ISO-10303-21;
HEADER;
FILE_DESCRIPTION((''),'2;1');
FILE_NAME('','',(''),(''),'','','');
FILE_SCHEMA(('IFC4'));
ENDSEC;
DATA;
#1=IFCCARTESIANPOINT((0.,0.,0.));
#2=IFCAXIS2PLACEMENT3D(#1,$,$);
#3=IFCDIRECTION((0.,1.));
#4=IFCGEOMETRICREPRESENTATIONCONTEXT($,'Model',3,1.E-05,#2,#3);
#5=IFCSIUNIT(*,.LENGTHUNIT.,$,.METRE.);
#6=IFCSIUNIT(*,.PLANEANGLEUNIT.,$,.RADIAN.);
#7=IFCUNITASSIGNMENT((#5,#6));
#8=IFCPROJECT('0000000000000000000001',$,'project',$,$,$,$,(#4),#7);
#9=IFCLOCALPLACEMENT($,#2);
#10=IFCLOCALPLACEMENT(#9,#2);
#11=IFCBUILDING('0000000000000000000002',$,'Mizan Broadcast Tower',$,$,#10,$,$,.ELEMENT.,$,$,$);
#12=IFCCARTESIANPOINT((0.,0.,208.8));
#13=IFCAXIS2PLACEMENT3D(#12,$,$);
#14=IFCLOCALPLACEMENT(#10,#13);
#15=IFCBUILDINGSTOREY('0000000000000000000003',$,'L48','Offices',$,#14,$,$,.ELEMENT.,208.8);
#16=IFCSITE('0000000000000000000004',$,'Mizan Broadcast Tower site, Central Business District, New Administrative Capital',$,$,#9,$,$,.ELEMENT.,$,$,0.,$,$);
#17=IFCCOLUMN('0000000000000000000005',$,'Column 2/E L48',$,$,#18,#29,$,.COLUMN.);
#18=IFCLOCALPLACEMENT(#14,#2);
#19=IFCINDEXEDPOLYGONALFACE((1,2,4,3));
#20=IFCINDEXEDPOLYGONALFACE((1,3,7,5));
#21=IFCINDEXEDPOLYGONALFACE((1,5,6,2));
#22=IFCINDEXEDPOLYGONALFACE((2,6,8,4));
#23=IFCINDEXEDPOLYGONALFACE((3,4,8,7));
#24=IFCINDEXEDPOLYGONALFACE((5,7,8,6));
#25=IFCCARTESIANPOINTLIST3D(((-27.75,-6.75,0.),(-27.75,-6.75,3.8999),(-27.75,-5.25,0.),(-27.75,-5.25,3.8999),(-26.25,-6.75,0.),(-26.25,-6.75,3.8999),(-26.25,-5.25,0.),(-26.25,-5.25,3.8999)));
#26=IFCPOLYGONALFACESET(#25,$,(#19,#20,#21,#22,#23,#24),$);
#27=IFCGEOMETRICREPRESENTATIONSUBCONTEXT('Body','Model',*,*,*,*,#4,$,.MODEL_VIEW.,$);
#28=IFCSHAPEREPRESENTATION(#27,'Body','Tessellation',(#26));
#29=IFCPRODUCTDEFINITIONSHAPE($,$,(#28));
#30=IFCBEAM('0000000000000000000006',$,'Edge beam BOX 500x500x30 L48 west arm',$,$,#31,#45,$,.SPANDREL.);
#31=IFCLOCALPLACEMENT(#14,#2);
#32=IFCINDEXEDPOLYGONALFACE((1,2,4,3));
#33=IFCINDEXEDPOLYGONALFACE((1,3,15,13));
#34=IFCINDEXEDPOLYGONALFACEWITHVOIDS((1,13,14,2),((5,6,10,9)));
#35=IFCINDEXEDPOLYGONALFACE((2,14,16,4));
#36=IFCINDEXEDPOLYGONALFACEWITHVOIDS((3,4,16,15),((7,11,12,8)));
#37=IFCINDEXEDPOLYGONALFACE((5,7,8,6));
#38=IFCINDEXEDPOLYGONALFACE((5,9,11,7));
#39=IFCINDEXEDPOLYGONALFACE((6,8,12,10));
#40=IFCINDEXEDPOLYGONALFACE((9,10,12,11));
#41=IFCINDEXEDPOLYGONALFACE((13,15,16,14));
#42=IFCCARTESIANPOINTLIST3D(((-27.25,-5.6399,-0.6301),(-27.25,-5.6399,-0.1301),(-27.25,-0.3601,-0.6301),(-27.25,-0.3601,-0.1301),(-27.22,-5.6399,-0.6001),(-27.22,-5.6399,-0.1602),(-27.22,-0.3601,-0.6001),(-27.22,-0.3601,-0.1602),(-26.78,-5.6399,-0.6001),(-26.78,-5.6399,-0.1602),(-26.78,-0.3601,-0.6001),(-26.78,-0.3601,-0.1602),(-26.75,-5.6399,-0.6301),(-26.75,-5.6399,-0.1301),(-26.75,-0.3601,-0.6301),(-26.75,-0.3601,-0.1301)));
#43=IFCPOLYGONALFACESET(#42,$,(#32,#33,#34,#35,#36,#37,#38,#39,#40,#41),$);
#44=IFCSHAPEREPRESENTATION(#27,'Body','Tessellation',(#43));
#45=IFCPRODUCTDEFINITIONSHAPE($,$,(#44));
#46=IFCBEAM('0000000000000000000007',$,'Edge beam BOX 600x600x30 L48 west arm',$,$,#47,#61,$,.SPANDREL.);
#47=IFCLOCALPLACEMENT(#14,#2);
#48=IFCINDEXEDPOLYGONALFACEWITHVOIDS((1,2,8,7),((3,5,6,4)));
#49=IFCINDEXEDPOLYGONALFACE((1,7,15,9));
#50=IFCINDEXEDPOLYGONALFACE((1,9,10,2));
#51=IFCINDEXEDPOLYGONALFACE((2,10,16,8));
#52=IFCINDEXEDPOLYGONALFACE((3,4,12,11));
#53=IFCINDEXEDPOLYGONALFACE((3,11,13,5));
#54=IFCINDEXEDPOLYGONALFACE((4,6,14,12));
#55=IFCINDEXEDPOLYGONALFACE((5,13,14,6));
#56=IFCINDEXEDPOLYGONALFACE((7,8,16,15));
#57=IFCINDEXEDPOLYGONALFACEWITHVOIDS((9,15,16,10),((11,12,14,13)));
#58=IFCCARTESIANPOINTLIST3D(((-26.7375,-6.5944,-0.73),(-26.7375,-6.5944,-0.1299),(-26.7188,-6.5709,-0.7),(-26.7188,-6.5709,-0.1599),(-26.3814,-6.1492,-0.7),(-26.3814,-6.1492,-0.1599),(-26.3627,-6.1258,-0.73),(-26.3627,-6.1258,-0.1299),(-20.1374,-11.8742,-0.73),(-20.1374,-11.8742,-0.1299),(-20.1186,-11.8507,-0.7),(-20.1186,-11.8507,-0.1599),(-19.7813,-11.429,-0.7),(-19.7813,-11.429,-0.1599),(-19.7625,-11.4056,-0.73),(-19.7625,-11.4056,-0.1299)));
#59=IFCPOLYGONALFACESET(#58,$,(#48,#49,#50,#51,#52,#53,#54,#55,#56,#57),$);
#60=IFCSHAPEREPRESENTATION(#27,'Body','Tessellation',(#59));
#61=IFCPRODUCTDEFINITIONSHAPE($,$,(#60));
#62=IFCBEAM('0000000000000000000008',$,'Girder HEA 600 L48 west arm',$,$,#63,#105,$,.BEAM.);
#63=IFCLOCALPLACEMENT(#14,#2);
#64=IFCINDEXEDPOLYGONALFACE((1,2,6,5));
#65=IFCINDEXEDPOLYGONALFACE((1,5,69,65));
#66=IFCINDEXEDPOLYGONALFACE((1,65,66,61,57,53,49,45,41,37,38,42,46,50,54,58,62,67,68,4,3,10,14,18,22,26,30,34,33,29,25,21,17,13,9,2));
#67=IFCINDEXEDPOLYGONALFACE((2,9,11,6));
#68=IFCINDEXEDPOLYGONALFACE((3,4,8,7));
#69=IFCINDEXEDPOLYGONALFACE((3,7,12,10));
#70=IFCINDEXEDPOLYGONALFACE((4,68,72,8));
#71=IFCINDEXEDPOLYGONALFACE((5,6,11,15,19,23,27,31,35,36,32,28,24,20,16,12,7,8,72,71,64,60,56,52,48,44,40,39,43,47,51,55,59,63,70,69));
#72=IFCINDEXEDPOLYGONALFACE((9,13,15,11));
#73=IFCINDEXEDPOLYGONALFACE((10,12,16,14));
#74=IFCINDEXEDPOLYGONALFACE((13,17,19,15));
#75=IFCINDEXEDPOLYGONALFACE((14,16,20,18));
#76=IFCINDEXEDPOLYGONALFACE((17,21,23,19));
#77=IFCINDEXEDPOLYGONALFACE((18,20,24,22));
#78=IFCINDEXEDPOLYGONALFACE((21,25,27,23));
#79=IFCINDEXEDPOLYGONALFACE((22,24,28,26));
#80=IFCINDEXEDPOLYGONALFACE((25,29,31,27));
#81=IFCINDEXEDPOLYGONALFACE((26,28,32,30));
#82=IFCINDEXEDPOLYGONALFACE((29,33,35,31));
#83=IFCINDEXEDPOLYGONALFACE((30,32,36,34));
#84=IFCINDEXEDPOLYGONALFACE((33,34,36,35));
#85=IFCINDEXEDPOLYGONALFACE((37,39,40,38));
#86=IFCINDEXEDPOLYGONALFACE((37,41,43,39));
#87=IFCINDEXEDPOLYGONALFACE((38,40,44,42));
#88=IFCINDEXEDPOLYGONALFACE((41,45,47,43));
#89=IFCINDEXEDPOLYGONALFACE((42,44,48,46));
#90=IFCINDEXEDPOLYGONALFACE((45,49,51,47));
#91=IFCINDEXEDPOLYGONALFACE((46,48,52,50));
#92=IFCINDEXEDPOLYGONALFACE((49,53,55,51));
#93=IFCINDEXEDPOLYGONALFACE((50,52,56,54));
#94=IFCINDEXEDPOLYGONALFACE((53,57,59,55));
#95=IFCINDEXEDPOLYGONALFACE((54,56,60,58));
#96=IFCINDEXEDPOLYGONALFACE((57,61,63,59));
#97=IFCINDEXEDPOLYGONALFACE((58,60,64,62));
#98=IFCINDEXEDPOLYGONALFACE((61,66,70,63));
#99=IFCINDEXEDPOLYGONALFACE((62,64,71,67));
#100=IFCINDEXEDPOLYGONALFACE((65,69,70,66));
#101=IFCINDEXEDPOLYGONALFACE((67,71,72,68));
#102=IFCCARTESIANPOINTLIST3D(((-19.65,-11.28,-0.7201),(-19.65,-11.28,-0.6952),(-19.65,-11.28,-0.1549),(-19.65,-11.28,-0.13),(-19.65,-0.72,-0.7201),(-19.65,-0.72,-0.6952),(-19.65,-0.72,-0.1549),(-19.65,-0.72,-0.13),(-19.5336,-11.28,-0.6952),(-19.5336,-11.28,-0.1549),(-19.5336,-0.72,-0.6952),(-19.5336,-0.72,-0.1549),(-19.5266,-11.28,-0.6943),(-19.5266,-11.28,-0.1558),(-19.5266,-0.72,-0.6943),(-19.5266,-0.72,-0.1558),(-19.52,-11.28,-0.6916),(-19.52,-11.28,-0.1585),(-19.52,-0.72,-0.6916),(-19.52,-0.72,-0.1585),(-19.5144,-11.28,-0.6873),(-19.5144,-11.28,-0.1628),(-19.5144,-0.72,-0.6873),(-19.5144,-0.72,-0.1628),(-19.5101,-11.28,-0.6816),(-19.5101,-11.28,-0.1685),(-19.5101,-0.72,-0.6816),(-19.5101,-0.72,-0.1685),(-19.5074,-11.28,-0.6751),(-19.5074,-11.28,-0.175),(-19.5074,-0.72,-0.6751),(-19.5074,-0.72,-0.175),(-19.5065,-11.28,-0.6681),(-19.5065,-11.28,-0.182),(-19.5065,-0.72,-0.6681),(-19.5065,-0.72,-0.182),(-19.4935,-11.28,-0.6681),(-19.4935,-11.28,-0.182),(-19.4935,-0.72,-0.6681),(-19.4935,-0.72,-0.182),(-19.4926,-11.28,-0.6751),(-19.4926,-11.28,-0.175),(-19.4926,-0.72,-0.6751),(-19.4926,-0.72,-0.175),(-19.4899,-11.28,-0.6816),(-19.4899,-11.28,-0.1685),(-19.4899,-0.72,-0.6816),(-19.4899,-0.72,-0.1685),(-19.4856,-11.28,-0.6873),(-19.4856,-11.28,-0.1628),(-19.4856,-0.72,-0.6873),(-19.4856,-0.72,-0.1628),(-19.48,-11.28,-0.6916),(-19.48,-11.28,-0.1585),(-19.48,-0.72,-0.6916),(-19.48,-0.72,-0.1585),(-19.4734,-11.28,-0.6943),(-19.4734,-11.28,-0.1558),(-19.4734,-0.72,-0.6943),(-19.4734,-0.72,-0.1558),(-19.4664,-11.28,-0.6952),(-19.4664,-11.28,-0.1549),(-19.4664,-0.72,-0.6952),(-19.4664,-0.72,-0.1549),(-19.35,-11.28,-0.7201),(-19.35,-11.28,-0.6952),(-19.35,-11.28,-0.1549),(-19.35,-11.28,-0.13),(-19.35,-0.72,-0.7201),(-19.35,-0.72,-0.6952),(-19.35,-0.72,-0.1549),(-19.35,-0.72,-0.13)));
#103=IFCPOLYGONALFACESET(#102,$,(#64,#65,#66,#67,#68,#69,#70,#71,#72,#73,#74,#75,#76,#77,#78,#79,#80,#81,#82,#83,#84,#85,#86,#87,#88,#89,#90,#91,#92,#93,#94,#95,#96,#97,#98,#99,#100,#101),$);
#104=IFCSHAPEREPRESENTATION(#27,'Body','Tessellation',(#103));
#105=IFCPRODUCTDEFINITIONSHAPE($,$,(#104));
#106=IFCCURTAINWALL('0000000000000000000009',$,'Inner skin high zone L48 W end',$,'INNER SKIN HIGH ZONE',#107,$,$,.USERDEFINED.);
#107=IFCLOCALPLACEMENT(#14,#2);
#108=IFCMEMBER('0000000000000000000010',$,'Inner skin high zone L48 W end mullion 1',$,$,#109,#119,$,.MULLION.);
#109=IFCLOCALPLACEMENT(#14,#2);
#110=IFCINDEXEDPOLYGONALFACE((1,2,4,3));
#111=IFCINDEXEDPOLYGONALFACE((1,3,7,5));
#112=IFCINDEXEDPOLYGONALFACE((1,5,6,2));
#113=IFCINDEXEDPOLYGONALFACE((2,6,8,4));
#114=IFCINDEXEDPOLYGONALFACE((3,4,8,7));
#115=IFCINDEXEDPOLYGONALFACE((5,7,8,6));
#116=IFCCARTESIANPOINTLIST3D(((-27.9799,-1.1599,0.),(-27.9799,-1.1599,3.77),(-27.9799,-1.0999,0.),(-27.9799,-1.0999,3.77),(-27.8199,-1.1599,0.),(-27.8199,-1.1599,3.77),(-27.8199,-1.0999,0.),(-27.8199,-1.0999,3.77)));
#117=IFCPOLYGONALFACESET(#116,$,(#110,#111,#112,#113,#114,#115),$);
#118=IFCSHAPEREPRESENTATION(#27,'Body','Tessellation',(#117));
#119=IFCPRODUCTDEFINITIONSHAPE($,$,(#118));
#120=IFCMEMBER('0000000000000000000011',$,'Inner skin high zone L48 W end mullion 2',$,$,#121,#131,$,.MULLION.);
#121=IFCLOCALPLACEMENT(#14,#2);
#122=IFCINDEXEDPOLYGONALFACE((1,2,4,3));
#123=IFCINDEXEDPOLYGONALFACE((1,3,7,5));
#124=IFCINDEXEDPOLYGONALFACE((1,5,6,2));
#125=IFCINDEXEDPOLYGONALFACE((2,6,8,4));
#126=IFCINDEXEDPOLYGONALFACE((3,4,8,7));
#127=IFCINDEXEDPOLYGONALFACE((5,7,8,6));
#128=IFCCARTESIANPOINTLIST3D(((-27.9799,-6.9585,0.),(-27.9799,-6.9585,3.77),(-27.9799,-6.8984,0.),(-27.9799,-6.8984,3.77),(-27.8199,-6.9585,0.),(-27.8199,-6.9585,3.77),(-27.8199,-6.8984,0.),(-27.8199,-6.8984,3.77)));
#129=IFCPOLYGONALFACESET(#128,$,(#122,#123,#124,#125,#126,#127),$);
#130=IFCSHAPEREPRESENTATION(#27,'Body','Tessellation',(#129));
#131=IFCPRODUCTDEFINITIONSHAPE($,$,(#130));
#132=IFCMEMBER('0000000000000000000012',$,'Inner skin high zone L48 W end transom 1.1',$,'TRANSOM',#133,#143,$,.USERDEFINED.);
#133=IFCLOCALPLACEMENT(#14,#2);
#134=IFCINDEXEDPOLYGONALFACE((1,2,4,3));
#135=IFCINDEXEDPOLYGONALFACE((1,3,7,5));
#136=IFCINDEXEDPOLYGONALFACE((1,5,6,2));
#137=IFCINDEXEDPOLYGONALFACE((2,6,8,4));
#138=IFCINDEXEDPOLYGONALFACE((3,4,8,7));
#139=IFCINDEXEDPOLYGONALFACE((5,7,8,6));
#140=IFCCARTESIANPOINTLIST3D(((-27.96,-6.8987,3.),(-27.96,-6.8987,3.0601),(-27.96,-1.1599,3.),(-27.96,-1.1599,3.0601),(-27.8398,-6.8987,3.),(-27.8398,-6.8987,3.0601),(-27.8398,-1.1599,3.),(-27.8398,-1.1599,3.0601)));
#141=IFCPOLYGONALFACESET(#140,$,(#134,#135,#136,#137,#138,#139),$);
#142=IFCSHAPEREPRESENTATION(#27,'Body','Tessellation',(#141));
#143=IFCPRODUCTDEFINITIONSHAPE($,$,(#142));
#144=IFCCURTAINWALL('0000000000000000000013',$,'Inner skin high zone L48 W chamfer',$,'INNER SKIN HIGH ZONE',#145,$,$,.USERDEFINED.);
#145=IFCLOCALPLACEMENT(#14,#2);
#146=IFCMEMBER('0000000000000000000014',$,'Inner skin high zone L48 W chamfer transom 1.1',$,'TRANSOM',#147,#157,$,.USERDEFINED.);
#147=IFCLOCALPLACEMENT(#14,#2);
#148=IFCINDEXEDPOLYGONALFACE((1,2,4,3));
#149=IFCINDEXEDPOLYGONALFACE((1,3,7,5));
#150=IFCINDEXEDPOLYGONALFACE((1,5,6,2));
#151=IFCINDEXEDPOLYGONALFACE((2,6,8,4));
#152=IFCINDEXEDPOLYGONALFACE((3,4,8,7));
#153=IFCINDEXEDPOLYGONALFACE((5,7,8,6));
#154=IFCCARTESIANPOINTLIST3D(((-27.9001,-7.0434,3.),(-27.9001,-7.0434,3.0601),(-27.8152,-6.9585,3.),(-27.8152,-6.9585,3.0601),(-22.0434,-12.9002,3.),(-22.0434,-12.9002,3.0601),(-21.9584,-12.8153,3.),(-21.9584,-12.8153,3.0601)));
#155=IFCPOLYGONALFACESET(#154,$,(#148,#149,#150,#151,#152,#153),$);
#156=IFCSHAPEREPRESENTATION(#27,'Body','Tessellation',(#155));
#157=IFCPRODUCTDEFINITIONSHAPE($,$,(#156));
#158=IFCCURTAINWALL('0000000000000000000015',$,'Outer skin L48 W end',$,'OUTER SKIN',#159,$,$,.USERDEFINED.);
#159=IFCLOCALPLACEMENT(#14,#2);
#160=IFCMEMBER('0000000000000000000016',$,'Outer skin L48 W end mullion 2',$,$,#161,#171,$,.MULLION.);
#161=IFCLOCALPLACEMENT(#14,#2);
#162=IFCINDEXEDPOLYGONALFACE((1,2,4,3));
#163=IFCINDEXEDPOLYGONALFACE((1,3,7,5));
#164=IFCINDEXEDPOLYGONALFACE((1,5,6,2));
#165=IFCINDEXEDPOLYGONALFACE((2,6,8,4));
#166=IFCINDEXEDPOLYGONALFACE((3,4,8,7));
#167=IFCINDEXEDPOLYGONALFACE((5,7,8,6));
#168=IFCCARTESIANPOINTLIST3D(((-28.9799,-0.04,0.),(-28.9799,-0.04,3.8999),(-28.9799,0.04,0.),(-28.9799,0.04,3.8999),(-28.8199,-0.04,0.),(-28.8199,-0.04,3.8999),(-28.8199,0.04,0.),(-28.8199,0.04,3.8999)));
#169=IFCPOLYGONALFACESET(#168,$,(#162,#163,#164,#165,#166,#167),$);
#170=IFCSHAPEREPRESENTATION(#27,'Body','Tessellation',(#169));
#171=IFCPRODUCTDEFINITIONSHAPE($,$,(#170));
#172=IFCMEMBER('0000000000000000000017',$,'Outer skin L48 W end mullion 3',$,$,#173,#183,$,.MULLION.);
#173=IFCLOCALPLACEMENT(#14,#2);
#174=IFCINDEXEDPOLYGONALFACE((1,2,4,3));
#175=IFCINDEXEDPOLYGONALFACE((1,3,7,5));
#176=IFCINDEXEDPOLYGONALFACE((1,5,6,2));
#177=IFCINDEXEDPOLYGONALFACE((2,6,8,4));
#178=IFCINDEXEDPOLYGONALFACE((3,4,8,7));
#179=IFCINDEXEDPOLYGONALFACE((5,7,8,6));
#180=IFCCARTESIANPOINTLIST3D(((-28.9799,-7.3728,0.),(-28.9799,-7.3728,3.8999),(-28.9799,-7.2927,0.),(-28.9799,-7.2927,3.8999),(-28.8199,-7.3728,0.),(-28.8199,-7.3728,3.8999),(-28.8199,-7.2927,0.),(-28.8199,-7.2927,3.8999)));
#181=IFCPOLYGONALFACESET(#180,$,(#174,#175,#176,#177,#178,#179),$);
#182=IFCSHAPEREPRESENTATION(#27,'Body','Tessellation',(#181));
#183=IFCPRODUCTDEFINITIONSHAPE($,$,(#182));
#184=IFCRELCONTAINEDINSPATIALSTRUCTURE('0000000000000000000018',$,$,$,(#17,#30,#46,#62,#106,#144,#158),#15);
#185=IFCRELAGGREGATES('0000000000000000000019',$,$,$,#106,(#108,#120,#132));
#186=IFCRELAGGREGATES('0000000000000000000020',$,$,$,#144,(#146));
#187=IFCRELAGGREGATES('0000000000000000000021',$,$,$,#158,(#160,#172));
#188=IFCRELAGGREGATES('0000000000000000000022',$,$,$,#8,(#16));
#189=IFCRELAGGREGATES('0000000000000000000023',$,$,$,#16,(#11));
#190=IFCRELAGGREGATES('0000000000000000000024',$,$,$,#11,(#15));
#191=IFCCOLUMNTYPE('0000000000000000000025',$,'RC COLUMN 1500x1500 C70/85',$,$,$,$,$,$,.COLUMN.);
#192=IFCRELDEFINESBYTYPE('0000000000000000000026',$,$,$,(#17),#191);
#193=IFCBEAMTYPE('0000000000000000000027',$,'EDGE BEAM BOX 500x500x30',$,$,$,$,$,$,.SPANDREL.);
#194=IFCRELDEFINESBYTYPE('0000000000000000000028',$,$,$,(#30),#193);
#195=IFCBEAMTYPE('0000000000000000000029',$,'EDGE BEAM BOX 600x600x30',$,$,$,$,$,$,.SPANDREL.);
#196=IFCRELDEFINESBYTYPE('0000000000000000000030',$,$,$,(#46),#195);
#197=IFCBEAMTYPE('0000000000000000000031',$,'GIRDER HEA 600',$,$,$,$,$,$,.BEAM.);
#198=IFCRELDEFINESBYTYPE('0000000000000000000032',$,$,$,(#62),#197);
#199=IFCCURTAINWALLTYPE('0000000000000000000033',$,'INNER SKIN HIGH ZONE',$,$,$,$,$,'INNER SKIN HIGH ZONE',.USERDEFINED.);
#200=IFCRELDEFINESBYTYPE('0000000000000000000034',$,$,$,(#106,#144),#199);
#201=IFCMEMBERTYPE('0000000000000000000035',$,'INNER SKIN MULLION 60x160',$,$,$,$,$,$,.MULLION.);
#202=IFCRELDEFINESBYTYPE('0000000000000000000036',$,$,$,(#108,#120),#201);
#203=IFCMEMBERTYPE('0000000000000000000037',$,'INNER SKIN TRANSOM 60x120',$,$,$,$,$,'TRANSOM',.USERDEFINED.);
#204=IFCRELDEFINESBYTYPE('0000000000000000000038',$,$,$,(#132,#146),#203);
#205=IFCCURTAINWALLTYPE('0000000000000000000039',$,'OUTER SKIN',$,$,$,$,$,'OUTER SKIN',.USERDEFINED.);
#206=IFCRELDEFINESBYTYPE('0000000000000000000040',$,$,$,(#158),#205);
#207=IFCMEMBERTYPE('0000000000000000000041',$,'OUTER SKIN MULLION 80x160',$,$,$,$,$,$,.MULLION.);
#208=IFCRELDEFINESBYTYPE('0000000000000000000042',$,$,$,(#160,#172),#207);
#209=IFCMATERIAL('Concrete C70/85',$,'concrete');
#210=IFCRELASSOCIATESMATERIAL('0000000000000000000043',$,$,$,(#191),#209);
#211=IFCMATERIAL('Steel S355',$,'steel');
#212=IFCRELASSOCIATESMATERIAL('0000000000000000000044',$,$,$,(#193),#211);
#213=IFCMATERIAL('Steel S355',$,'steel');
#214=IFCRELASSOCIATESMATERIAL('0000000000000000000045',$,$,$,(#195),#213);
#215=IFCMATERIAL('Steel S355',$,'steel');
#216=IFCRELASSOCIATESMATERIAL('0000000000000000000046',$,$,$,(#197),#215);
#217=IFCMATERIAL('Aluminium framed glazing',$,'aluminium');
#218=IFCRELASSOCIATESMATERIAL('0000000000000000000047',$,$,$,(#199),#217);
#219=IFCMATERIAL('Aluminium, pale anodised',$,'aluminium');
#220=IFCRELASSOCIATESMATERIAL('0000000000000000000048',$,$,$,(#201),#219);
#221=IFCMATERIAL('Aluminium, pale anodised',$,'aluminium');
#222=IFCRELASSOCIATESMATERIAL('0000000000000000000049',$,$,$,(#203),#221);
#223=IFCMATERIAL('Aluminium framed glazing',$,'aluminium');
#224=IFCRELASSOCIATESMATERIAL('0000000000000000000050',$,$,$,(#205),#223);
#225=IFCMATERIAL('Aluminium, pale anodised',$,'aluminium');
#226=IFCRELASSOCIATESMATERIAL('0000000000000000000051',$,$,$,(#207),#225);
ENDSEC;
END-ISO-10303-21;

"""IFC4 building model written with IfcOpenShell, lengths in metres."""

from ifc_helpers import new_model, si_unit, direction, frame, origin, origin_2d, place, context, subcontext, project, spatial, rectangle, hollow_rectangle, i_section, extrude, material, material_profile, profile_set, type_object, element, aggregate, save


model = new_model("IFC4")

# Units and contexts
model_context = context("Model", 3, precision=1e-05, world=origin(), true_north=direction((0.0, 1.0)))
body_context = subcontext(model_context, "Body", "Model", "MODEL_VIEW")
ifc_project = project(units=[si_unit("LENGTHUNIT", "METRE"), si_unit("PLANEANGLEUNIT", "RADIAN")], contexts=[model_context])

# Site, building, storey
site_placement = place(None, origin())
site = spatial("IfcSite", under=ifc_project, at=site_placement, Name="Mizan Broadcast Tower site, Central Business District, New Administrative Capital", CompositionType="ELEMENT", RefElevation=0.0)
building_placement = place(site_placement, origin())
building = spatial("IfcBuilding", under=site, at=building_placement, Name="Mizan Broadcast Tower", CompositionType="ELEMENT")
storey_placement = place(building_placement, frame((0.0, 0.0, 208.8)))
storey = spatial("IfcBuildingStorey", under=building, at=storey_placement, Name="L48", Description="Offices", CompositionType="ELEMENT", Elevation=208.8)

# Column
ifc_material_1 = material(Name="Concrete C70/85", Category="concrete")
ifc_material_profile_1 = material_profile(ifc_material_1, rectangle(XDim=1.5, YDim=1.5, at=origin_2d()), Name="RC 1500x1500")
ifc_profile_set_1 = profile_set([ifc_material_profile_1], Name="Concrete C70/85")
column_type = type_object("IfcColumnType", Name="RC COLUMN 1500x1500 C70/85", PredefinedType="COLUMN", material=ifc_profile_set_1)
column_placement = place(storey_placement, frame((-27.0, -6.0, 0.0), z_axis=(0.0, 0.0, 1.0), x_axis=(1.0, 0.0, 0.0)))
element("IfcColumn", 1, at=column_placement, inside=storey, type_object=column_type, Name="Column 2/E L48", PredefinedType="COLUMN", context=body_context, shape_type="SweptSolid", body=[
    extrude(rectangle(XDim=1.5, YDim=1.5, at=origin_2d()), origin(), (0.0, 0.0, 1.0), 3.8999),
])

# Beams
ifc_material_2 = material(Name="Steel S355", Category="steel")
ifc_material_profile_2 = material_profile(ifc_material_2, hollow_rectangle(XDim=0.5, YDim=0.5, WallThickness=0.03, at=origin_2d()), Name="BOX 500x500x30")
ifc_profile_set_2 = profile_set([ifc_material_profile_2], Name="Steel S355")
beam_type_1 = type_object("IfcBeamType", Name="EDGE BEAM BOX 500x500x30", PredefinedType="SPANDREL", material=ifc_profile_set_2)
beam_1_placement = place(storey_placement, frame((-27.0, -5.6399, -0.3801), z_axis=(0.0, 1.0, 0.0), x_axis=(-1.0, 0.0, 0.0)))
element("IfcBeam", 2, at=beam_1_placement, inside=storey, type_object=beam_type_1, Name="Edge beam BOX 500x500x30 L48 west arm", PredefinedType="SPANDREL", context=body_context, shape_type="SweptSolid", body=[
    extrude(hollow_rectangle(XDim=0.5, YDim=0.5, WallThickness=0.03, at=origin_2d()), origin(), (0.0, 0.0, 1.0), 5.2798),
])
ifc_material_3 = material(Name="Steel S355", Category="steel")
ifc_material_profile_3 = material_profile(ifc_material_3, hollow_rectangle(XDim=0.6001, YDim=0.6001, WallThickness=0.03, at=origin_2d()), Name="BOX 600x600x30")
ifc_profile_set_3 = profile_set([ifc_material_profile_3], Name="Steel S355")
beam_type_2 = type_object("IfcBeamType", Name="EDGE BEAM BOX 600x600x30", PredefinedType="SPANDREL", material=ifc_profile_set_3)
beam_2_placement = place(storey_placement, frame((-19.95, -11.6399, -0.4299), z_axis=(-0.780886, 0.624674, 0.0), x_axis=(-0.624674, -0.780886, 0.0)))
element("IfcBeam", 3, at=beam_2_placement, inside=storey, type_object=beam_type_2, Name="Edge beam BOX 600x600x30 L48 west arm", PredefinedType="SPANDREL", context=body_context, shape_type="SweptSolid", body=[
    extrude(hollow_rectangle(XDim=0.6001, YDim=0.6001, WallThickness=0.03, at=origin_2d()), origin(), (0.0, 0.0, 1.0), 8.4521),
])
ifc_material_4 = material(Name="Steel S355", Category="steel")
ifc_material_profile_4 = material_profile(ifc_material_4, i_section(OverallWidth=0.3, OverallDepth=0.5901, WebThickness=0.0129, FlangeThickness=0.0249, FilletRadius=0.0271, at=origin_2d()), Name="HEA 600")
ifc_profile_set_4 = profile_set([ifc_material_profile_4], Name="Steel S355")
beam_type_3 = type_object("IfcBeamType", Name="GIRDER HEA 600", PredefinedType="BEAM", material=ifc_profile_set_4)
beam_3_placement = place(storey_placement, frame((-19.5, -11.28, -0.425), z_axis=(0.0, 1.0, 0.0), x_axis=(-1.0, 0.0, 0.0)))
element("IfcBeam", 4, at=beam_3_placement, inside=storey, type_object=beam_type_3, Name="Girder HEA 600 L48 west arm", PredefinedType="BEAM", context=body_context, shape_type="SweptSolid", body=[
    extrude(i_section(OverallWidth=0.3, OverallDepth=0.5901, WebThickness=0.0129, FlangeThickness=0.0249, FilletRadius=0.0271, at=origin_2d()), origin(), (0.0, 0.0, 1.0), 10.5601),
])

# Curtain wall, members
ifc_material_5 = material(Name="Aluminium framed glazing", Category="aluminium")
curtain_wall_type_1 = type_object("IfcCurtainWallType", Name="INNER SKIN HIGH ZONE", ElementType="INNER SKIN HIGH ZONE", PredefinedType="USERDEFINED", material=ifc_material_5)
curtain_wall_1_placement = place(storey_placement, origin())
curtain_wall_1 = element("IfcCurtainWall", 5, at=curtain_wall_1_placement, inside=storey, type_object=curtain_wall_type_1, Name="Inner skin high zone L48 W end", ObjectType="INNER SKIN HIGH ZONE", PredefinedType="USERDEFINED")
ifc_material_6 = material(Name="Aluminium, pale anodised", Category="aluminium")
ifc_material_profile_5 = material_profile(ifc_material_6, rectangle(XDim=0.1599, YDim=0.0601, at=origin_2d()), Name="MULLION 160x60")
ifc_profile_set_5 = profile_set([ifc_material_profile_5], Name="Aluminium, pale anodised")
member_type_1 = type_object("IfcMemberType", Name="INNER SKIN MULLION 60x160", PredefinedType="MULLION", material=ifc_profile_set_5)
member_1_placement = place(storey_placement, frame((-27.8999, -1.1299, 0.0), z_axis=(0.0, 0.0, 1.0), x_axis=(1.0, 0.0, 0.0)))
member_1 = element("IfcMember", 6, at=member_1_placement, type_object=member_type_1, Name="Inner skin high zone L48 W end mullion 1", PredefinedType="MULLION", context=body_context, shape_type="SweptSolid", body=[
    extrude(rectangle(XDim=0.1599, YDim=0.0601, at=origin_2d()), origin(), (0.0, 0.0, 1.0), 3.77),
])
member_2_placement = place(storey_placement, frame((-27.8999, -6.9285, 0.0), z_axis=(0.0, 0.0, 1.0), x_axis=(1.0, 0.0, 0.0)))
member_2 = element("IfcMember", 7, at=member_2_placement, type_object=member_type_1, Name="Inner skin high zone L48 W end mullion 2", PredefinedType="MULLION", context=body_context, shape_type="SweptSolid", body=[
    extrude(rectangle(XDim=0.1599, YDim=0.0601, at=origin_2d()), origin(), (0.0, 0.0, 1.0), 3.77),
])
ifc_material_7 = material(Name="Aluminium, pale anodised", Category="aluminium")
ifc_material_profile_6 = material_profile(ifc_material_7, rectangle(XDim=0.1201, YDim=0.0601, at=origin_2d()), Name="TRANSOM 120x60")
ifc_profile_set_6 = profile_set([ifc_material_profile_6], Name="Aluminium, pale anodised")
member_type_2 = type_object("IfcMemberType", Name="INNER SKIN TRANSOM 60x120", ElementType="TRANSOM", PredefinedType="USERDEFINED", material=ifc_profile_set_6)
member_3_placement = place(storey_placement, frame((-27.8999, -1.1599, 3.03), z_axis=(0.0, -1.0, 0.0), x_axis=(1.0, 0.0, 0.0)))
member_3 = element("IfcMember", 8, at=member_3_placement, type_object=member_type_2, Name="Inner skin high zone L48 W end transom 1.1", ObjectType="TRANSOM", PredefinedType="USERDEFINED", context=body_context, shape_type="SweptSolid", body=[
    extrude(rectangle(XDim=0.1201, YDim=0.0601, at=origin_2d()), origin(), (0.0, 0.0, 1.0), 5.7388),
])

# Curtain wall, member
curtain_wall_2_placement = place(storey_placement, origin())
curtain_wall_2 = element("IfcCurtainWall", 9, at=curtain_wall_2_placement, inside=storey, type_object=curtain_wall_type_1, Name="Inner skin high zone L48 W chamfer", ObjectType="INNER SKIN HIGH ZONE", PredefinedType="USERDEFINED")
member_4_placement = place(storey_placement, frame((-27.8577, -7.001, 3.03), z_axis=(0.707107, -0.707107, 0.0), x_axis=(0.707107, 0.707107, 0.0)))
member_4 = element("IfcMember", 10, at=member_4_placement, type_object=member_type_2, Name="Inner skin high zone L48 W chamfer transom 1.1", ObjectType="TRANSOM", PredefinedType="USERDEFINED", context=body_context, shape_type="SweptSolid", body=[
    extrude(rectangle(XDim=0.1201, YDim=0.0601, at=origin_2d()), origin(), (0.0, 0.0, 1.0), 8.2827),
])

# Curtain wall, members
ifc_material_8 = material(Name="Aluminium framed glazing", Category="aluminium")
curtain_wall_type_2 = type_object("IfcCurtainWallType", Name="OUTER SKIN", ElementType="OUTER SKIN", PredefinedType="USERDEFINED", material=ifc_material_8)
curtain_wall_3_placement = place(storey_placement, origin())
curtain_wall_3 = element("IfcCurtainWall", 11, at=curtain_wall_3_placement, inside=storey, type_object=curtain_wall_type_2, Name="Outer skin L48 W end", ObjectType="OUTER SKIN", PredefinedType="USERDEFINED")
ifc_material_9 = material(Name="Aluminium, pale anodised", Category="aluminium")
ifc_material_profile_7 = material_profile(ifc_material_9, rectangle(XDim=0.1599, YDim=0.0801, at=origin_2d()), Name="MULLION 160x80")
ifc_profile_set_7 = profile_set([ifc_material_profile_7], Name="Aluminium, pale anodised")
member_type_3 = type_object("IfcMemberType", Name="OUTER SKIN MULLION 80x160", PredefinedType="MULLION", material=ifc_profile_set_7)
member_5_placement = place(storey_placement, frame((-28.8999, 0.0, 0.0), z_axis=(0.0, 0.0, 1.0), x_axis=(1.0, 0.0, 0.0)))
member_5 = element("IfcMember", 12, at=member_5_placement, type_object=member_type_3, Name="Outer skin L48 W end mullion 2", PredefinedType="MULLION", context=body_context, shape_type="SweptSolid", body=[
    extrude(rectangle(XDim=0.1599, YDim=0.0801, at=origin_2d()), origin(), (0.0, 0.0, 1.0), 3.8999),
])
member_6_placement = place(storey_placement, frame((-28.8999, -7.3328, 0.0), z_axis=(0.0, 0.0, 1.0), x_axis=(1.0, 0.0, 0.0)))
member_6 = element("IfcMember", 13, at=member_6_placement, type_object=member_type_3, Name="Outer skin L48 W end mullion 3", PredefinedType="MULLION", context=body_context, shape_type="SweptSolid", body=[
    extrude(rectangle(XDim=0.1599, YDim=0.0801, at=origin_2d()), origin(), (0.0, 0.0, 1.0), 3.8999),
])

aggregate(curtain_wall_1, [member_1, member_2, member_3])
aggregate(curtain_wall_2, [member_4])
aggregate(curtain_wall_3, [member_5, member_6])

save(model, "model.ifc")
